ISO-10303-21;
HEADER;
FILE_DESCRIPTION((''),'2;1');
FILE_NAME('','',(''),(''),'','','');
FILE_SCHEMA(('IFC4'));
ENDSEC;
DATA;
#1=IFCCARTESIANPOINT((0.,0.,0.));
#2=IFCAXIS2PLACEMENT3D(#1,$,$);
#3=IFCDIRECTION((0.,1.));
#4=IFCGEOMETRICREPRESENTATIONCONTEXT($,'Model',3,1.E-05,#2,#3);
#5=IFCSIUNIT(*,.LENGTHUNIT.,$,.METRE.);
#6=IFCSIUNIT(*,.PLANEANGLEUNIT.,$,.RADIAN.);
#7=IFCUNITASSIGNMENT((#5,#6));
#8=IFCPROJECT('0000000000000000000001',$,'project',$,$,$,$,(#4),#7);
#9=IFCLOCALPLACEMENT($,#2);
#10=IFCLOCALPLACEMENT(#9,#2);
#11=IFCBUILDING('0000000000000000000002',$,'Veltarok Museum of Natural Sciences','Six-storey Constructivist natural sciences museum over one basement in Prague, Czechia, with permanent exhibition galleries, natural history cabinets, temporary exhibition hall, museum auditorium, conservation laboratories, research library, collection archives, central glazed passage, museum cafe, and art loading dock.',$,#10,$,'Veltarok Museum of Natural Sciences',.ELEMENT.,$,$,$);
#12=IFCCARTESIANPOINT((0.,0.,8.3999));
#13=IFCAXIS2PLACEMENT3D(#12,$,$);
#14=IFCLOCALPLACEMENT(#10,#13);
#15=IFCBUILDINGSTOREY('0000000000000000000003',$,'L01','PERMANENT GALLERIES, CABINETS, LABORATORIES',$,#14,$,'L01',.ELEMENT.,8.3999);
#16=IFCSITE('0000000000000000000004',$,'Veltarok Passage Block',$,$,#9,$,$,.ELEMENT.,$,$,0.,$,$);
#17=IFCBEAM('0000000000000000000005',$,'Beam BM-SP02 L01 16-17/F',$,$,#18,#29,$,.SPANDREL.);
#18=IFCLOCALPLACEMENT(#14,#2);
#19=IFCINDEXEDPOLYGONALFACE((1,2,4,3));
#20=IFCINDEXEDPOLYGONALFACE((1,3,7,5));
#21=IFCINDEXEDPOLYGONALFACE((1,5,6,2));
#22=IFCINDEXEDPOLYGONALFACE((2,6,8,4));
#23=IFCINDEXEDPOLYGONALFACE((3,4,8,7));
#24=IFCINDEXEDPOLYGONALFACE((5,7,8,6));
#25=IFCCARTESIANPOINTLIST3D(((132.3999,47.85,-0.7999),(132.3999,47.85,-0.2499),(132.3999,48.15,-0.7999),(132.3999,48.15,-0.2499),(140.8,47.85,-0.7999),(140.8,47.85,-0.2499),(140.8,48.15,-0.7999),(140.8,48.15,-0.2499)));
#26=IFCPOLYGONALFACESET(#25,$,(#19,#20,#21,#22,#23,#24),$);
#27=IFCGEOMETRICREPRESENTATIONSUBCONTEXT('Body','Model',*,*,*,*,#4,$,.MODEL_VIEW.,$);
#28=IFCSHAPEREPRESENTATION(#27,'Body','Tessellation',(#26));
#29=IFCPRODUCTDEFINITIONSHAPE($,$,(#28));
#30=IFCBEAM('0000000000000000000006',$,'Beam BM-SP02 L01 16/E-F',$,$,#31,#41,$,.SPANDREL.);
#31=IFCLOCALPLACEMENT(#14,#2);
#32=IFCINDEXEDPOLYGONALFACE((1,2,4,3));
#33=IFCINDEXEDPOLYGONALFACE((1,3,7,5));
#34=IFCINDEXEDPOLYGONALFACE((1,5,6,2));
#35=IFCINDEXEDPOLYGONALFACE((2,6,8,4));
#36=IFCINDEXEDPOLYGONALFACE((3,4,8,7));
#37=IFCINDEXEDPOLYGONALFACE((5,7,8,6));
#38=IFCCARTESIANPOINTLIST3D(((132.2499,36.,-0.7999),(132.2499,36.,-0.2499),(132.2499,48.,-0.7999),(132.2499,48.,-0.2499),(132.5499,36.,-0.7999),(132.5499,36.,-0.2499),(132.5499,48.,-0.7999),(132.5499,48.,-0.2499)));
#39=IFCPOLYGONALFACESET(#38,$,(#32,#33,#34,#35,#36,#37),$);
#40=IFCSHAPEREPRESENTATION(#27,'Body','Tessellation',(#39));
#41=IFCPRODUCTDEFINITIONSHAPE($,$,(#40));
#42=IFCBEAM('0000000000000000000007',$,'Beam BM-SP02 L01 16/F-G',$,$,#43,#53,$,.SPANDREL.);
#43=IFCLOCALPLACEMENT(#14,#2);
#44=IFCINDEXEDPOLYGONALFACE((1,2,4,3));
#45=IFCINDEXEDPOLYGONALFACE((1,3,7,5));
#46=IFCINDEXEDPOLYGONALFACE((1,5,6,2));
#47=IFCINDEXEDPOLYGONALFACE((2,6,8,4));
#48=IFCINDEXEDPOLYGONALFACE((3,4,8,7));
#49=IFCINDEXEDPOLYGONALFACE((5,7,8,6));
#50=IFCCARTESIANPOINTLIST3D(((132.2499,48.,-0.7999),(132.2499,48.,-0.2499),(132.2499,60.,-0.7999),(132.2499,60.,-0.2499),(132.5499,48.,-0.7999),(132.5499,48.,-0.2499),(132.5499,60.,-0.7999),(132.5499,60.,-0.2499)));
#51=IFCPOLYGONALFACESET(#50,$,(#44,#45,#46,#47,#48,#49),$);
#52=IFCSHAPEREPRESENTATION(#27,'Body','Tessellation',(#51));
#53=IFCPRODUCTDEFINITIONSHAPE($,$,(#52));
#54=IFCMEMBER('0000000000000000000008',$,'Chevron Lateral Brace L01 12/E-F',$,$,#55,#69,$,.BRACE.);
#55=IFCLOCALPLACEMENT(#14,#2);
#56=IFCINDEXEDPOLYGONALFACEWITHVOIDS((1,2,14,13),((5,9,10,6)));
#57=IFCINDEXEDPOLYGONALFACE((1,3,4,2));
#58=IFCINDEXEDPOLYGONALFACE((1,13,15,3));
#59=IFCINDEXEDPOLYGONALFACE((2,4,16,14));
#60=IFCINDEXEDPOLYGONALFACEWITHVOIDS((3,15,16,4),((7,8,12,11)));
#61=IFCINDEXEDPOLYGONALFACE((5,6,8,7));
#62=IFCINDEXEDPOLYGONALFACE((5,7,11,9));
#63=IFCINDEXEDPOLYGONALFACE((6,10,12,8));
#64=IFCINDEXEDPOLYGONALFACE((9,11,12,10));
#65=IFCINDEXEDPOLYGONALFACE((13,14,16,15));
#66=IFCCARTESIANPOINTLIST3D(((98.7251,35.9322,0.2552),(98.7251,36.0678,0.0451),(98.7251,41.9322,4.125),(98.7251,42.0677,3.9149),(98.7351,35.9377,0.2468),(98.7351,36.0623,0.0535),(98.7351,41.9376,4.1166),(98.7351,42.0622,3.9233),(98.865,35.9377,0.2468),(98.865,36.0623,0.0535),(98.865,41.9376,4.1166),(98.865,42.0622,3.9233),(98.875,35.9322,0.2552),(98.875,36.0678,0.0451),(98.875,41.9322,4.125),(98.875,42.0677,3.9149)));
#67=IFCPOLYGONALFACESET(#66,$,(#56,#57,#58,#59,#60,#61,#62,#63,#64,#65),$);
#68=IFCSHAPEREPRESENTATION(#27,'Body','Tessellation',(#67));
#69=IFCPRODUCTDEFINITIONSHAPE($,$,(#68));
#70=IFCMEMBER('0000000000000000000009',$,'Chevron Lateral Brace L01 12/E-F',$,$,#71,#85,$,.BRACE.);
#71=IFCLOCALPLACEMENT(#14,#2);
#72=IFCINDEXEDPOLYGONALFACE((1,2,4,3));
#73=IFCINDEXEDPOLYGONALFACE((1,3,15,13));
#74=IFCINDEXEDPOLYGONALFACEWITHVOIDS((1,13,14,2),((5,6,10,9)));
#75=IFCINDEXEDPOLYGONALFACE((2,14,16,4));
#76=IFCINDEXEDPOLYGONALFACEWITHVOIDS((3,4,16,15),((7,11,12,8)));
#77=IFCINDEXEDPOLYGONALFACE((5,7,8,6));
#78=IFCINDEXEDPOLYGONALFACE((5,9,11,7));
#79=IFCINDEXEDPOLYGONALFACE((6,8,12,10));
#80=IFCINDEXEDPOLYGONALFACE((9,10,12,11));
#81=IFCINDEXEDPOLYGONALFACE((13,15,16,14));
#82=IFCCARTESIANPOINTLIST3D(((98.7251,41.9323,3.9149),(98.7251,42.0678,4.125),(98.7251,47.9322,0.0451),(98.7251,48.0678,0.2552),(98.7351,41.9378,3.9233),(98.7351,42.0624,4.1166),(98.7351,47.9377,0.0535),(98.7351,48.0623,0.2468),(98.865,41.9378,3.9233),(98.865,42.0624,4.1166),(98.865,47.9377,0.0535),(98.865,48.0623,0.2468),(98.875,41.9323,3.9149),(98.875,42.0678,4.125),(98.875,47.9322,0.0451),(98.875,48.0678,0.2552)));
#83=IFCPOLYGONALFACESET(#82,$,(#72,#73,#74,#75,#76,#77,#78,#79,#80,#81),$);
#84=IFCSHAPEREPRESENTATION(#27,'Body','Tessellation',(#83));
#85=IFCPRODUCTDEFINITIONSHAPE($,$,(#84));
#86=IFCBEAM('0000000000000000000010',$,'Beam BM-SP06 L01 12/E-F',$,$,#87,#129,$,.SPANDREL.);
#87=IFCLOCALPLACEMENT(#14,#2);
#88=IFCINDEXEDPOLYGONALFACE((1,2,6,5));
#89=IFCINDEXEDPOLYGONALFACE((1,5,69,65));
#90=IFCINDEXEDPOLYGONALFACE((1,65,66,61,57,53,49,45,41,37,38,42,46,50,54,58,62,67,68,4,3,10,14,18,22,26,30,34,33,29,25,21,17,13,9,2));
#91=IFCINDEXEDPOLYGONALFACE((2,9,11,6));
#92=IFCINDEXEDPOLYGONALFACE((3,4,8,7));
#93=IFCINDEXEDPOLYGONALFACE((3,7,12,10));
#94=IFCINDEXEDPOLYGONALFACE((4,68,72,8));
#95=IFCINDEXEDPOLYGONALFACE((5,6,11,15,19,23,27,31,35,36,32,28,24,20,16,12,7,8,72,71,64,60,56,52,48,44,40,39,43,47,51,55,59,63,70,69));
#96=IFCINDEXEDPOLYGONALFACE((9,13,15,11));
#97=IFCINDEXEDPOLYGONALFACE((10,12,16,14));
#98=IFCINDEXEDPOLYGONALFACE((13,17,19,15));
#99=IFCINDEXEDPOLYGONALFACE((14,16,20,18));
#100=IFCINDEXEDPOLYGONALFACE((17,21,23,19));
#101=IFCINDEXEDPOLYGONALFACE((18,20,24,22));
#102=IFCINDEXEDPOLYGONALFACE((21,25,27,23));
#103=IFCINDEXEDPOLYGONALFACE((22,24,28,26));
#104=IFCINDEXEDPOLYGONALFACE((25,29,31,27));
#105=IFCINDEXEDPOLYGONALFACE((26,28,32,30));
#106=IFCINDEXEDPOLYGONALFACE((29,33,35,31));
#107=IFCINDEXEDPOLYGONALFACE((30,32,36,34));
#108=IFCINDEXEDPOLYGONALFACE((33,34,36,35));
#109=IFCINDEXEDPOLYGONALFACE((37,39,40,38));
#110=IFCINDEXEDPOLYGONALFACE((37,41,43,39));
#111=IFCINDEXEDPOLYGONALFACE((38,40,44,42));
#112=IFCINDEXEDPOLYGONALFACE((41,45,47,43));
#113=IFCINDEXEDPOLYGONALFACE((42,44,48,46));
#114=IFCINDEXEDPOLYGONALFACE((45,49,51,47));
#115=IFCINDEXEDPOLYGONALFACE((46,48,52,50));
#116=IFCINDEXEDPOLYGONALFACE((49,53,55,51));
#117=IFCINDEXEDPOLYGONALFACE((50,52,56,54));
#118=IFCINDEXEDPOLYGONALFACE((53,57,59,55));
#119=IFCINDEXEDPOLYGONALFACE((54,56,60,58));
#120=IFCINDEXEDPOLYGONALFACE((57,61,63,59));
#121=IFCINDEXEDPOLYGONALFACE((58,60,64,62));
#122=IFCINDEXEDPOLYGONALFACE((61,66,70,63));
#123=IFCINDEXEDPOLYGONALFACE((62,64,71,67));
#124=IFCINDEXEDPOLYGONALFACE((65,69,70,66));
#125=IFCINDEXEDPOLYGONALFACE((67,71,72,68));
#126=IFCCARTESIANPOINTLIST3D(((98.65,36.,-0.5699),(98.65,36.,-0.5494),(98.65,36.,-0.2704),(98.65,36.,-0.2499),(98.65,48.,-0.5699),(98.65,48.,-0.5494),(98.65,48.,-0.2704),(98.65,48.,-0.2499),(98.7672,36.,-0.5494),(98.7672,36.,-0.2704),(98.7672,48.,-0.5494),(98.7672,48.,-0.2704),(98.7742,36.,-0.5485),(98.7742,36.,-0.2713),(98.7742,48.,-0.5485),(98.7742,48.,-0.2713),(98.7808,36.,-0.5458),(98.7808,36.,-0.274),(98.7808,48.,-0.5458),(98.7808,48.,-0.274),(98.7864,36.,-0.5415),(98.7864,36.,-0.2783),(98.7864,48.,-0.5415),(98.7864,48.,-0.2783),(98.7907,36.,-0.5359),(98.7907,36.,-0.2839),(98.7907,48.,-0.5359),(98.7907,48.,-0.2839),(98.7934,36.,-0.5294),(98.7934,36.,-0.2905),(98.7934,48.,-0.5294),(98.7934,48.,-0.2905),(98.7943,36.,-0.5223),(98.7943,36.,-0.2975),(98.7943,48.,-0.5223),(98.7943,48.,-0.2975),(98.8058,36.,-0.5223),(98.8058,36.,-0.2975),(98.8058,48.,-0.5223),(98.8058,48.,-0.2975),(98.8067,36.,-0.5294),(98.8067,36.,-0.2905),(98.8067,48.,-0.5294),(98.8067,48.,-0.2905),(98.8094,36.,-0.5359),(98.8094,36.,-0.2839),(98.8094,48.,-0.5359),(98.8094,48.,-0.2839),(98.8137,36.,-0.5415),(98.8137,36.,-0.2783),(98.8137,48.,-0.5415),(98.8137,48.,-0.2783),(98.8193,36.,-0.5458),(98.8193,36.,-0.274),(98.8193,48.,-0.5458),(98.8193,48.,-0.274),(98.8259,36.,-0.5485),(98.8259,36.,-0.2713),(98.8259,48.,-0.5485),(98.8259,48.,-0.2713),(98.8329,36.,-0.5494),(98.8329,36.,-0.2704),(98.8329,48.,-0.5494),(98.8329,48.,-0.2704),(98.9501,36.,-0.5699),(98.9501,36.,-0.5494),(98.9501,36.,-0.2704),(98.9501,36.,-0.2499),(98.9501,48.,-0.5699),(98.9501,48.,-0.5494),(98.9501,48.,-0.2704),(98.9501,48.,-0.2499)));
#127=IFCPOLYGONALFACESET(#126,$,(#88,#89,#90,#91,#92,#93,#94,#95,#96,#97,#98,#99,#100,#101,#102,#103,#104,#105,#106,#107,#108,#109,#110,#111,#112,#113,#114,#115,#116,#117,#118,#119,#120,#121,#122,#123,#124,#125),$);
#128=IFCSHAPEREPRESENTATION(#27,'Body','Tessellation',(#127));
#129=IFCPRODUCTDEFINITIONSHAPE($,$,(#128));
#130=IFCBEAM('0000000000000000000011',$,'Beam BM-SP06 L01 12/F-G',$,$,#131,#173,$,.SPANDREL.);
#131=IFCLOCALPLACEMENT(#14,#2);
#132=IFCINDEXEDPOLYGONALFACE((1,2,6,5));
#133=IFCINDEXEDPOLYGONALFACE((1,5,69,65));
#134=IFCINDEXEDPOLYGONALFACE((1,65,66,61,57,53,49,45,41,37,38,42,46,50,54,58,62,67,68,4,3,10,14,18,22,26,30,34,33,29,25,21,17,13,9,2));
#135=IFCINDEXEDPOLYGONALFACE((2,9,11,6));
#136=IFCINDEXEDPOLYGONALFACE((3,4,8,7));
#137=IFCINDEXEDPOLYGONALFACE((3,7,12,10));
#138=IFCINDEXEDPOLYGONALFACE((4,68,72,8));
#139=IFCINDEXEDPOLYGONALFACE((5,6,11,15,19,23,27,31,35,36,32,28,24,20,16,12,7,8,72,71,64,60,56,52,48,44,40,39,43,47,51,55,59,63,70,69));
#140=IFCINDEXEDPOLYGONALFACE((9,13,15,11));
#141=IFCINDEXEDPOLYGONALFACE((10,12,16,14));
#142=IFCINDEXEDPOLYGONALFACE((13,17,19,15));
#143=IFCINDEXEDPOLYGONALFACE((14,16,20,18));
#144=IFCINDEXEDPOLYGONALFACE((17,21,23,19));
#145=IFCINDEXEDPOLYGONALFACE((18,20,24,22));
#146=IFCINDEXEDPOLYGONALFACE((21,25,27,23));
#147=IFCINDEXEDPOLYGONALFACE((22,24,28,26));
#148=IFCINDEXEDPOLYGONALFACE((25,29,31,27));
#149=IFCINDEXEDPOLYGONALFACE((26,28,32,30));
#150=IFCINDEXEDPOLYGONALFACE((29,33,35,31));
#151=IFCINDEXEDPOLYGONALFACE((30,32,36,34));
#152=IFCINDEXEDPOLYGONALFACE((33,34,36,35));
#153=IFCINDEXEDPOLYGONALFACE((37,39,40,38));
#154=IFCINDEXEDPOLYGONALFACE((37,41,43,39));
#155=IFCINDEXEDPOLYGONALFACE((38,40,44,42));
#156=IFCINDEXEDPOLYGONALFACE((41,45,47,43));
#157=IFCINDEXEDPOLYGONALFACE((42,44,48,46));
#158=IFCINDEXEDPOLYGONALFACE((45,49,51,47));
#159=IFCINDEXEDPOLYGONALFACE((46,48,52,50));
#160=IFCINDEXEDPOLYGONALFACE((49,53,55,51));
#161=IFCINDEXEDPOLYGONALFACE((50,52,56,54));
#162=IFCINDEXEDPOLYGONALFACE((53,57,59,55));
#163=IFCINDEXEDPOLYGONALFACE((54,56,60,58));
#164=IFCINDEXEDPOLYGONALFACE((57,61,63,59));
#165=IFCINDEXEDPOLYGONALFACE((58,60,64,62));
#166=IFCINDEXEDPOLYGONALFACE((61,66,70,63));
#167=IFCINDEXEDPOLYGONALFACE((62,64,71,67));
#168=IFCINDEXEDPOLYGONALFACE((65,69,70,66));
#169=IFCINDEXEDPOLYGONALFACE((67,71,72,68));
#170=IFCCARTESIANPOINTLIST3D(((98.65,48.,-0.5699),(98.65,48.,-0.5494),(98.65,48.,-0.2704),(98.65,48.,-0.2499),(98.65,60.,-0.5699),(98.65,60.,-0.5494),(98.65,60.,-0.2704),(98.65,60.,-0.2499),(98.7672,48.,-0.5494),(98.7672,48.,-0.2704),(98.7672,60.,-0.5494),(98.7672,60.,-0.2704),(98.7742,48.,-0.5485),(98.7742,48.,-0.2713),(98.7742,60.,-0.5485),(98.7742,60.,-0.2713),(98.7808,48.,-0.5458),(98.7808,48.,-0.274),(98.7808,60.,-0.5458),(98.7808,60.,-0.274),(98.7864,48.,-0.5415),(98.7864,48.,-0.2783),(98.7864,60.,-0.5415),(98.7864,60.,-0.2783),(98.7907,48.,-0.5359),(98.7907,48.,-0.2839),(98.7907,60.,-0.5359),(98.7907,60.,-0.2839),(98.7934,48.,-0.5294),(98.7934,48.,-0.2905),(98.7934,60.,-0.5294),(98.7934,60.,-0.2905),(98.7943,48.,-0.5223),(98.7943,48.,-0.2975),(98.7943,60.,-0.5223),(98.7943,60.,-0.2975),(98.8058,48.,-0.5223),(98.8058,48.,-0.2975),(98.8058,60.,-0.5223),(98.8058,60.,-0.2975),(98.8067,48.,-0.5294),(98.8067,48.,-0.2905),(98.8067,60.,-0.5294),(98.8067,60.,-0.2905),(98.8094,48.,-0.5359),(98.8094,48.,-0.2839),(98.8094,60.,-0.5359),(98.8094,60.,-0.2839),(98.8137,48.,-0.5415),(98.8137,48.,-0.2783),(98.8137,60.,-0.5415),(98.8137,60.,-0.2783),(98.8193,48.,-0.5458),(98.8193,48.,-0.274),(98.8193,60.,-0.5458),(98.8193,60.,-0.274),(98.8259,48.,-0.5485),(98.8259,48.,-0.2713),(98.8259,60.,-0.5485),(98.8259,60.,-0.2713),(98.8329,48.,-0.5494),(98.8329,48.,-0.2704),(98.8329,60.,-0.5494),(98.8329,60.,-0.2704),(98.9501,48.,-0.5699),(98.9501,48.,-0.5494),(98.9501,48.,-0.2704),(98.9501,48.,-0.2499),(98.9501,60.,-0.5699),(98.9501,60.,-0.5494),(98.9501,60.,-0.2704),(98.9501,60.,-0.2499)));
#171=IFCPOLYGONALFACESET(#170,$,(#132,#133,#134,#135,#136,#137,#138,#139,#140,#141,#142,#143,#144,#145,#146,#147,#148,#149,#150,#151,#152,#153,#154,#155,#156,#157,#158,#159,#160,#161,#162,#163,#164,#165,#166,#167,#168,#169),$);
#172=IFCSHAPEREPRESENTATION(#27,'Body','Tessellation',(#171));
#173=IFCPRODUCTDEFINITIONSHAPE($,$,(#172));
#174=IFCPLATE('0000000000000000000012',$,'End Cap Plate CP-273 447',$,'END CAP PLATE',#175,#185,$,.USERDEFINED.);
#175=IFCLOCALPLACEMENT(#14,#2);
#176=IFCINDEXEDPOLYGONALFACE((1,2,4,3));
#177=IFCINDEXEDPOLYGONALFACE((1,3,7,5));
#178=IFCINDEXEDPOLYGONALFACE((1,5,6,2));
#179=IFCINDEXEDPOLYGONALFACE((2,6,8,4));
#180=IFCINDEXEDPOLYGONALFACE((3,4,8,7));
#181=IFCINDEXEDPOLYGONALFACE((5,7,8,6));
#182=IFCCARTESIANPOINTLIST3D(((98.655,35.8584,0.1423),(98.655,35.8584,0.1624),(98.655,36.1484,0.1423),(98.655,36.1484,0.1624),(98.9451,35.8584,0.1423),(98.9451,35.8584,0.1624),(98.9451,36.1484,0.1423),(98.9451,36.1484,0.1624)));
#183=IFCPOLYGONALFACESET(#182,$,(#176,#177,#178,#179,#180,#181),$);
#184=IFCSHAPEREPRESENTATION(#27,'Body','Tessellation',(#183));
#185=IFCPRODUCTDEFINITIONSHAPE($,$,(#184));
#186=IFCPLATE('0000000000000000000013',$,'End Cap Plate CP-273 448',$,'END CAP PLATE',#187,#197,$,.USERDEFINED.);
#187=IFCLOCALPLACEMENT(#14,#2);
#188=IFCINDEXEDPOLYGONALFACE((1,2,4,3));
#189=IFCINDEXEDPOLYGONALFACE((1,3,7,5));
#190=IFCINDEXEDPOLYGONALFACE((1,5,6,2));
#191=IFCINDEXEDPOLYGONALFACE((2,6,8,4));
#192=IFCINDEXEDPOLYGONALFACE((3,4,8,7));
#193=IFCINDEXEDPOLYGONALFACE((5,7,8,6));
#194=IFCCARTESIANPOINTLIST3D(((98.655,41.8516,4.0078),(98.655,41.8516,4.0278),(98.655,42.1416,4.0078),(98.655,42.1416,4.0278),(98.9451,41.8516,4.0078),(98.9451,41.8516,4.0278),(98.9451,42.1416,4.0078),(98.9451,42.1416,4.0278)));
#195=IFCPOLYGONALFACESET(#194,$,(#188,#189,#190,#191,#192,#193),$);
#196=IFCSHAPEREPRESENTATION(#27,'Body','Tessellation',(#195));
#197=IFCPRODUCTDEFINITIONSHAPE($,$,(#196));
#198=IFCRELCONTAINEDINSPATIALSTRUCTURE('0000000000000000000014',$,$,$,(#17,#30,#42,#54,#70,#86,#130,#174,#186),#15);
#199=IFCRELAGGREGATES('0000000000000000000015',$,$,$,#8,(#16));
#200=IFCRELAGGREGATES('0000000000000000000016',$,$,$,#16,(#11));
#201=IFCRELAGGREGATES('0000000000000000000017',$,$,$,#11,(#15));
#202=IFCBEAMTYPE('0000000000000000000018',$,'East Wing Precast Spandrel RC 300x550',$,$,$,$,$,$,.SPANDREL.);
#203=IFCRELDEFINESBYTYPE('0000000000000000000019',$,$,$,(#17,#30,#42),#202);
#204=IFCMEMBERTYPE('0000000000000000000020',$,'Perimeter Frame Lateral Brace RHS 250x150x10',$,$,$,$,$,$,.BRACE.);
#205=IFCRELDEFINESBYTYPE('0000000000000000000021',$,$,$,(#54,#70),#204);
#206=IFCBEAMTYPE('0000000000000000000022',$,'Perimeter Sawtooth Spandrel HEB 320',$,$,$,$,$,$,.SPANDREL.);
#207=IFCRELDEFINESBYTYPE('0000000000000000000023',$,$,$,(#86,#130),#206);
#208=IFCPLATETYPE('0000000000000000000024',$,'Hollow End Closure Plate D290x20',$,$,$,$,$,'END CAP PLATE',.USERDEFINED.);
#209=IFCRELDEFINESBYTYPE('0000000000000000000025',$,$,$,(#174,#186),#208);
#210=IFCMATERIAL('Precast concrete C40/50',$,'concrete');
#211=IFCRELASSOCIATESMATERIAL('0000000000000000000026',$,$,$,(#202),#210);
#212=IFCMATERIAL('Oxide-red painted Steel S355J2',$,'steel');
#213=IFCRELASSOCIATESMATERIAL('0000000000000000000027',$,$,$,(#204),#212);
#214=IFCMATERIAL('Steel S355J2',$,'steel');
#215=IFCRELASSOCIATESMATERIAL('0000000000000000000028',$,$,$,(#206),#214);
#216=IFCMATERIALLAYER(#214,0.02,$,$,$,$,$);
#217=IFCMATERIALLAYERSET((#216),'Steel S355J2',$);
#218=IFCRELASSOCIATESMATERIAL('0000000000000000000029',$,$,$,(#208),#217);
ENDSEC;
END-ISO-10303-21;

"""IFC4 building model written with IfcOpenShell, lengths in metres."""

from ifc_helpers import new_model, si_unit, direction, frame, origin, origin_2d, place, context, subcontext, project, spatial, rectangle, hollow_rectangle, i_section, extrude, material, layer, layer_set, material_profile, profile_set, type_object, element, save


model = new_model("IFC4")

# Units and contexts
model_context = context("Model", 3, precision=1e-05, world=origin(), true_north=direction((0.0, 1.0)))
body_context = subcontext(model_context, "Body", "Model", "MODEL_VIEW")
ifc_project = project(units=[si_unit("LENGTHUNIT", "METRE"), si_unit("PLANEANGLEUNIT", "RADIAN")], contexts=[model_context])

# Site, building, storey
site_placement = place(None, origin())
site = spatial("IfcSite", under=ifc_project, at=site_placement, Name="Veltarok Passage Block", CompositionType="ELEMENT", RefElevation=0.0)
building_placement = place(site_placement, origin())
building = spatial("IfcBuilding", under=site, at=building_placement, Name="Veltarok Museum of Natural Sciences", Description="Six-storey Constructivist natural sciences museum over one basement in Prague, Czechia, with permanent exhibition galleries, natural history cabinets, temporary exhibition hall, museum auditorium, conservation laboratories, research library, collection archives, central glazed passage, museum cafe, and art loading dock.", LongName="Veltarok Museum of Natural Sciences", CompositionType="ELEMENT")
storey_placement = place(building_placement, frame((0.0, 0.0, 8.3999)))
storey = spatial("IfcBuildingStorey", under=building, at=storey_placement, Name="L01", Description="PERMANENT GALLERIES, CABINETS, LABORATORIES", LongName="L01", CompositionType="ELEMENT", Elevation=8.3999)

# Shared definitions
ifc_material_1 = material(Name="Steel S355J2", Category="steel")

# Beams
ifc_material_2 = material(Name="Precast concrete C40/50", Category="concrete")
ifc_material_profile_1 = material_profile(ifc_material_2, rectangle(XDim=0.3, YDim=0.55, at=origin_2d()), Name="RC 300x550")
ifc_profile_set_1 = profile_set([ifc_material_profile_1], Name="Precast concrete C40/50")
beam_type_1 = type_object("IfcBeamType", Name="East Wing Precast Spandrel RC 300x550", PredefinedType="SPANDREL", material=ifc_profile_set_1)
for number, where, z_axis, x_axis, name in (
    (1, (132.3999, 48.0, -0.5249), (1.0, 0.0, 0.0), (0.0, 1.0, 0.0), "Beam BM-SP02 L01 16-17/F"),
):
    element("IfcBeam", number, at=place(storey_placement, frame(where, z_axis=z_axis, x_axis=x_axis)), inside=storey, type_object=beam_type_1, Name=name, PredefinedType="SPANDREL", context=body_context, shape_type="SweptSolid", body=[
        extrude(rectangle(XDim=0.3, YDim=0.55, at=origin_2d()), origin(), (0.0, 0.0, 1.0), 8.4001),
    ])
for number, where, z_axis, x_axis, name in (
    (2, (132.3999, 36.0, -0.5249), (0.0, 1.0, 0.0), (-1.0, 0.0, 0.0), "Beam BM-SP02 L01 16/E-F"),
    (3, (132.3999, 48.0, -0.5249), (0.0, 1.0, 0.0), (-1.0, 0.0, 0.0), "Beam BM-SP02 L01 16/F-G"),
):
    element("IfcBeam", number, at=place(storey_placement, frame(where, z_axis=z_axis, x_axis=x_axis)), inside=storey, type_object=beam_type_1, Name=name, PredefinedType="SPANDREL", context=body_context, shape_type="SweptSolid", body=[
        extrude(rectangle(XDim=0.3, YDim=0.55, at=origin_2d()), origin(), (0.0, 0.0, 1.0), 12.0),
    ])

# Members
ifc_material_3 = material(Name="Oxide-red painted Steel S355J2", Category="steel")
ifc_material_profile_2 = material_profile(ifc_material_3, hollow_rectangle(XDim=0.1499, YDim=0.25, WallThickness=0.01, at=origin_2d()), Name="RHS 250x150x10")
ifc_profile_set_2 = profile_set([ifc_material_profile_2], Name="Oxide-red painted Steel S355J2")
member_type_1 = type_object("IfcMemberType", Name="Perimeter Frame Lateral Brace RHS 250x150x10", PredefinedType="BRACE", material=ifc_profile_set_2)
for number, where, z_axis, x_axis, name in (
    (4, (98.8, 36.0, 0.1501), (0.0, 0.840366, 0.542019), (-1.0, 0.0, 0.0), "Chevron Lateral Brace L01 12/E-F"),
    (5, (98.8, 48.0, 0.1501), (0.0, -0.840366, 0.542019), (1.0, 0.0, 0.0), "Chevron Lateral Brace L01 12/E-F"),
):
    element("IfcMember", number, at=place(storey_placement, frame(where, z_axis=z_axis, x_axis=x_axis)), inside=storey, type_object=member_type_1, Name=name, PredefinedType="BRACE", context=body_context, shape_type="SweptSolid", body=[
        extrude(hollow_rectangle(XDim=0.1499, YDim=0.25, WallThickness=0.01, at=origin_2d()), origin(), (0.0, 0.0, 1.0), 7.1396),
    ])

# Beams
ifc_material_profile_3 = material_profile(ifc_material_1, i_section(OverallWidth=0.3, OverallDepth=0.3201, WebThickness=0.0115, FlangeThickness=0.0205, FilletRadius=0.0271, at=origin_2d()), Name="HEB 320")
ifc_profile_set_3 = profile_set([ifc_material_profile_3], Name="Steel S355J2")
beam_type_2 = type_object("IfcBeamType", Name="Perimeter Sawtooth Spandrel HEB 320", PredefinedType="SPANDREL", material=ifc_profile_set_3)
for number, where, z_axis, x_axis, name in (
    (6, (98.8, 36.0, -0.4099), (0.0, 1.0, 0.0), (-1.0, 0.0, 0.0), "Beam BM-SP06 L01 12/E-F"),
    (7, (98.8, 48.0, -0.4099), (0.0, 1.0, 0.0), (-1.0, 0.0, 0.0), "Beam BM-SP06 L01 12/F-G"),
):
    element("IfcBeam", number, at=place(storey_placement, frame(where, z_axis=z_axis, x_axis=x_axis)), inside=storey, type_object=beam_type_2, Name=name, PredefinedType="SPANDREL", context=body_context, shape_type="SweptSolid", body=[
        extrude(i_section(OverallWidth=0.3, OverallDepth=0.3201, WebThickness=0.0115, FlangeThickness=0.0205, FilletRadius=0.0271, at=origin_2d()), origin(), (0.0, 0.0, 1.0), 12.0),
    ])

# Plates
ifc_layer_1 = layer(ifc_material_1, 0.02)
ifc_layer_set_1 = layer_set([ifc_layer_1], Name="Steel S355J2")
plate_type_1 = type_object("IfcPlateType", Name="Hollow End Closure Plate D290x20", ElementType="END CAP PLATE", PredefinedType="USERDEFINED", material=ifc_layer_set_1)
for number, where, z_axis, x_axis, name in (
    (8, (98.8, 36.0034, 0.1423), (0.0, 0.0, 1.0), (0.0, 1.0, 0.0), "End Cap Plate CP-273 447"),
    (9, (98.8, 41.9966, 4.0078), (0.0, 0.0, 1.0), (0.0, 1.0, 0.0), "End Cap Plate CP-273 448"),
):
    element("IfcPlate", number, at=place(storey_placement, frame(where, z_axis=z_axis, x_axis=x_axis)), inside=storey, type_object=plate_type_1, Name=name, ObjectType="END CAP PLATE", PredefinedType="USERDEFINED", context=body_context, shape_type="SweptSolid", body=[
        extrude(rectangle(XDim=0.29, YDim=0.29, at=origin_2d()), origin(), (0.0, 0.0, 1.0), 0.02),
    ])

save(model, "model.ifc")
